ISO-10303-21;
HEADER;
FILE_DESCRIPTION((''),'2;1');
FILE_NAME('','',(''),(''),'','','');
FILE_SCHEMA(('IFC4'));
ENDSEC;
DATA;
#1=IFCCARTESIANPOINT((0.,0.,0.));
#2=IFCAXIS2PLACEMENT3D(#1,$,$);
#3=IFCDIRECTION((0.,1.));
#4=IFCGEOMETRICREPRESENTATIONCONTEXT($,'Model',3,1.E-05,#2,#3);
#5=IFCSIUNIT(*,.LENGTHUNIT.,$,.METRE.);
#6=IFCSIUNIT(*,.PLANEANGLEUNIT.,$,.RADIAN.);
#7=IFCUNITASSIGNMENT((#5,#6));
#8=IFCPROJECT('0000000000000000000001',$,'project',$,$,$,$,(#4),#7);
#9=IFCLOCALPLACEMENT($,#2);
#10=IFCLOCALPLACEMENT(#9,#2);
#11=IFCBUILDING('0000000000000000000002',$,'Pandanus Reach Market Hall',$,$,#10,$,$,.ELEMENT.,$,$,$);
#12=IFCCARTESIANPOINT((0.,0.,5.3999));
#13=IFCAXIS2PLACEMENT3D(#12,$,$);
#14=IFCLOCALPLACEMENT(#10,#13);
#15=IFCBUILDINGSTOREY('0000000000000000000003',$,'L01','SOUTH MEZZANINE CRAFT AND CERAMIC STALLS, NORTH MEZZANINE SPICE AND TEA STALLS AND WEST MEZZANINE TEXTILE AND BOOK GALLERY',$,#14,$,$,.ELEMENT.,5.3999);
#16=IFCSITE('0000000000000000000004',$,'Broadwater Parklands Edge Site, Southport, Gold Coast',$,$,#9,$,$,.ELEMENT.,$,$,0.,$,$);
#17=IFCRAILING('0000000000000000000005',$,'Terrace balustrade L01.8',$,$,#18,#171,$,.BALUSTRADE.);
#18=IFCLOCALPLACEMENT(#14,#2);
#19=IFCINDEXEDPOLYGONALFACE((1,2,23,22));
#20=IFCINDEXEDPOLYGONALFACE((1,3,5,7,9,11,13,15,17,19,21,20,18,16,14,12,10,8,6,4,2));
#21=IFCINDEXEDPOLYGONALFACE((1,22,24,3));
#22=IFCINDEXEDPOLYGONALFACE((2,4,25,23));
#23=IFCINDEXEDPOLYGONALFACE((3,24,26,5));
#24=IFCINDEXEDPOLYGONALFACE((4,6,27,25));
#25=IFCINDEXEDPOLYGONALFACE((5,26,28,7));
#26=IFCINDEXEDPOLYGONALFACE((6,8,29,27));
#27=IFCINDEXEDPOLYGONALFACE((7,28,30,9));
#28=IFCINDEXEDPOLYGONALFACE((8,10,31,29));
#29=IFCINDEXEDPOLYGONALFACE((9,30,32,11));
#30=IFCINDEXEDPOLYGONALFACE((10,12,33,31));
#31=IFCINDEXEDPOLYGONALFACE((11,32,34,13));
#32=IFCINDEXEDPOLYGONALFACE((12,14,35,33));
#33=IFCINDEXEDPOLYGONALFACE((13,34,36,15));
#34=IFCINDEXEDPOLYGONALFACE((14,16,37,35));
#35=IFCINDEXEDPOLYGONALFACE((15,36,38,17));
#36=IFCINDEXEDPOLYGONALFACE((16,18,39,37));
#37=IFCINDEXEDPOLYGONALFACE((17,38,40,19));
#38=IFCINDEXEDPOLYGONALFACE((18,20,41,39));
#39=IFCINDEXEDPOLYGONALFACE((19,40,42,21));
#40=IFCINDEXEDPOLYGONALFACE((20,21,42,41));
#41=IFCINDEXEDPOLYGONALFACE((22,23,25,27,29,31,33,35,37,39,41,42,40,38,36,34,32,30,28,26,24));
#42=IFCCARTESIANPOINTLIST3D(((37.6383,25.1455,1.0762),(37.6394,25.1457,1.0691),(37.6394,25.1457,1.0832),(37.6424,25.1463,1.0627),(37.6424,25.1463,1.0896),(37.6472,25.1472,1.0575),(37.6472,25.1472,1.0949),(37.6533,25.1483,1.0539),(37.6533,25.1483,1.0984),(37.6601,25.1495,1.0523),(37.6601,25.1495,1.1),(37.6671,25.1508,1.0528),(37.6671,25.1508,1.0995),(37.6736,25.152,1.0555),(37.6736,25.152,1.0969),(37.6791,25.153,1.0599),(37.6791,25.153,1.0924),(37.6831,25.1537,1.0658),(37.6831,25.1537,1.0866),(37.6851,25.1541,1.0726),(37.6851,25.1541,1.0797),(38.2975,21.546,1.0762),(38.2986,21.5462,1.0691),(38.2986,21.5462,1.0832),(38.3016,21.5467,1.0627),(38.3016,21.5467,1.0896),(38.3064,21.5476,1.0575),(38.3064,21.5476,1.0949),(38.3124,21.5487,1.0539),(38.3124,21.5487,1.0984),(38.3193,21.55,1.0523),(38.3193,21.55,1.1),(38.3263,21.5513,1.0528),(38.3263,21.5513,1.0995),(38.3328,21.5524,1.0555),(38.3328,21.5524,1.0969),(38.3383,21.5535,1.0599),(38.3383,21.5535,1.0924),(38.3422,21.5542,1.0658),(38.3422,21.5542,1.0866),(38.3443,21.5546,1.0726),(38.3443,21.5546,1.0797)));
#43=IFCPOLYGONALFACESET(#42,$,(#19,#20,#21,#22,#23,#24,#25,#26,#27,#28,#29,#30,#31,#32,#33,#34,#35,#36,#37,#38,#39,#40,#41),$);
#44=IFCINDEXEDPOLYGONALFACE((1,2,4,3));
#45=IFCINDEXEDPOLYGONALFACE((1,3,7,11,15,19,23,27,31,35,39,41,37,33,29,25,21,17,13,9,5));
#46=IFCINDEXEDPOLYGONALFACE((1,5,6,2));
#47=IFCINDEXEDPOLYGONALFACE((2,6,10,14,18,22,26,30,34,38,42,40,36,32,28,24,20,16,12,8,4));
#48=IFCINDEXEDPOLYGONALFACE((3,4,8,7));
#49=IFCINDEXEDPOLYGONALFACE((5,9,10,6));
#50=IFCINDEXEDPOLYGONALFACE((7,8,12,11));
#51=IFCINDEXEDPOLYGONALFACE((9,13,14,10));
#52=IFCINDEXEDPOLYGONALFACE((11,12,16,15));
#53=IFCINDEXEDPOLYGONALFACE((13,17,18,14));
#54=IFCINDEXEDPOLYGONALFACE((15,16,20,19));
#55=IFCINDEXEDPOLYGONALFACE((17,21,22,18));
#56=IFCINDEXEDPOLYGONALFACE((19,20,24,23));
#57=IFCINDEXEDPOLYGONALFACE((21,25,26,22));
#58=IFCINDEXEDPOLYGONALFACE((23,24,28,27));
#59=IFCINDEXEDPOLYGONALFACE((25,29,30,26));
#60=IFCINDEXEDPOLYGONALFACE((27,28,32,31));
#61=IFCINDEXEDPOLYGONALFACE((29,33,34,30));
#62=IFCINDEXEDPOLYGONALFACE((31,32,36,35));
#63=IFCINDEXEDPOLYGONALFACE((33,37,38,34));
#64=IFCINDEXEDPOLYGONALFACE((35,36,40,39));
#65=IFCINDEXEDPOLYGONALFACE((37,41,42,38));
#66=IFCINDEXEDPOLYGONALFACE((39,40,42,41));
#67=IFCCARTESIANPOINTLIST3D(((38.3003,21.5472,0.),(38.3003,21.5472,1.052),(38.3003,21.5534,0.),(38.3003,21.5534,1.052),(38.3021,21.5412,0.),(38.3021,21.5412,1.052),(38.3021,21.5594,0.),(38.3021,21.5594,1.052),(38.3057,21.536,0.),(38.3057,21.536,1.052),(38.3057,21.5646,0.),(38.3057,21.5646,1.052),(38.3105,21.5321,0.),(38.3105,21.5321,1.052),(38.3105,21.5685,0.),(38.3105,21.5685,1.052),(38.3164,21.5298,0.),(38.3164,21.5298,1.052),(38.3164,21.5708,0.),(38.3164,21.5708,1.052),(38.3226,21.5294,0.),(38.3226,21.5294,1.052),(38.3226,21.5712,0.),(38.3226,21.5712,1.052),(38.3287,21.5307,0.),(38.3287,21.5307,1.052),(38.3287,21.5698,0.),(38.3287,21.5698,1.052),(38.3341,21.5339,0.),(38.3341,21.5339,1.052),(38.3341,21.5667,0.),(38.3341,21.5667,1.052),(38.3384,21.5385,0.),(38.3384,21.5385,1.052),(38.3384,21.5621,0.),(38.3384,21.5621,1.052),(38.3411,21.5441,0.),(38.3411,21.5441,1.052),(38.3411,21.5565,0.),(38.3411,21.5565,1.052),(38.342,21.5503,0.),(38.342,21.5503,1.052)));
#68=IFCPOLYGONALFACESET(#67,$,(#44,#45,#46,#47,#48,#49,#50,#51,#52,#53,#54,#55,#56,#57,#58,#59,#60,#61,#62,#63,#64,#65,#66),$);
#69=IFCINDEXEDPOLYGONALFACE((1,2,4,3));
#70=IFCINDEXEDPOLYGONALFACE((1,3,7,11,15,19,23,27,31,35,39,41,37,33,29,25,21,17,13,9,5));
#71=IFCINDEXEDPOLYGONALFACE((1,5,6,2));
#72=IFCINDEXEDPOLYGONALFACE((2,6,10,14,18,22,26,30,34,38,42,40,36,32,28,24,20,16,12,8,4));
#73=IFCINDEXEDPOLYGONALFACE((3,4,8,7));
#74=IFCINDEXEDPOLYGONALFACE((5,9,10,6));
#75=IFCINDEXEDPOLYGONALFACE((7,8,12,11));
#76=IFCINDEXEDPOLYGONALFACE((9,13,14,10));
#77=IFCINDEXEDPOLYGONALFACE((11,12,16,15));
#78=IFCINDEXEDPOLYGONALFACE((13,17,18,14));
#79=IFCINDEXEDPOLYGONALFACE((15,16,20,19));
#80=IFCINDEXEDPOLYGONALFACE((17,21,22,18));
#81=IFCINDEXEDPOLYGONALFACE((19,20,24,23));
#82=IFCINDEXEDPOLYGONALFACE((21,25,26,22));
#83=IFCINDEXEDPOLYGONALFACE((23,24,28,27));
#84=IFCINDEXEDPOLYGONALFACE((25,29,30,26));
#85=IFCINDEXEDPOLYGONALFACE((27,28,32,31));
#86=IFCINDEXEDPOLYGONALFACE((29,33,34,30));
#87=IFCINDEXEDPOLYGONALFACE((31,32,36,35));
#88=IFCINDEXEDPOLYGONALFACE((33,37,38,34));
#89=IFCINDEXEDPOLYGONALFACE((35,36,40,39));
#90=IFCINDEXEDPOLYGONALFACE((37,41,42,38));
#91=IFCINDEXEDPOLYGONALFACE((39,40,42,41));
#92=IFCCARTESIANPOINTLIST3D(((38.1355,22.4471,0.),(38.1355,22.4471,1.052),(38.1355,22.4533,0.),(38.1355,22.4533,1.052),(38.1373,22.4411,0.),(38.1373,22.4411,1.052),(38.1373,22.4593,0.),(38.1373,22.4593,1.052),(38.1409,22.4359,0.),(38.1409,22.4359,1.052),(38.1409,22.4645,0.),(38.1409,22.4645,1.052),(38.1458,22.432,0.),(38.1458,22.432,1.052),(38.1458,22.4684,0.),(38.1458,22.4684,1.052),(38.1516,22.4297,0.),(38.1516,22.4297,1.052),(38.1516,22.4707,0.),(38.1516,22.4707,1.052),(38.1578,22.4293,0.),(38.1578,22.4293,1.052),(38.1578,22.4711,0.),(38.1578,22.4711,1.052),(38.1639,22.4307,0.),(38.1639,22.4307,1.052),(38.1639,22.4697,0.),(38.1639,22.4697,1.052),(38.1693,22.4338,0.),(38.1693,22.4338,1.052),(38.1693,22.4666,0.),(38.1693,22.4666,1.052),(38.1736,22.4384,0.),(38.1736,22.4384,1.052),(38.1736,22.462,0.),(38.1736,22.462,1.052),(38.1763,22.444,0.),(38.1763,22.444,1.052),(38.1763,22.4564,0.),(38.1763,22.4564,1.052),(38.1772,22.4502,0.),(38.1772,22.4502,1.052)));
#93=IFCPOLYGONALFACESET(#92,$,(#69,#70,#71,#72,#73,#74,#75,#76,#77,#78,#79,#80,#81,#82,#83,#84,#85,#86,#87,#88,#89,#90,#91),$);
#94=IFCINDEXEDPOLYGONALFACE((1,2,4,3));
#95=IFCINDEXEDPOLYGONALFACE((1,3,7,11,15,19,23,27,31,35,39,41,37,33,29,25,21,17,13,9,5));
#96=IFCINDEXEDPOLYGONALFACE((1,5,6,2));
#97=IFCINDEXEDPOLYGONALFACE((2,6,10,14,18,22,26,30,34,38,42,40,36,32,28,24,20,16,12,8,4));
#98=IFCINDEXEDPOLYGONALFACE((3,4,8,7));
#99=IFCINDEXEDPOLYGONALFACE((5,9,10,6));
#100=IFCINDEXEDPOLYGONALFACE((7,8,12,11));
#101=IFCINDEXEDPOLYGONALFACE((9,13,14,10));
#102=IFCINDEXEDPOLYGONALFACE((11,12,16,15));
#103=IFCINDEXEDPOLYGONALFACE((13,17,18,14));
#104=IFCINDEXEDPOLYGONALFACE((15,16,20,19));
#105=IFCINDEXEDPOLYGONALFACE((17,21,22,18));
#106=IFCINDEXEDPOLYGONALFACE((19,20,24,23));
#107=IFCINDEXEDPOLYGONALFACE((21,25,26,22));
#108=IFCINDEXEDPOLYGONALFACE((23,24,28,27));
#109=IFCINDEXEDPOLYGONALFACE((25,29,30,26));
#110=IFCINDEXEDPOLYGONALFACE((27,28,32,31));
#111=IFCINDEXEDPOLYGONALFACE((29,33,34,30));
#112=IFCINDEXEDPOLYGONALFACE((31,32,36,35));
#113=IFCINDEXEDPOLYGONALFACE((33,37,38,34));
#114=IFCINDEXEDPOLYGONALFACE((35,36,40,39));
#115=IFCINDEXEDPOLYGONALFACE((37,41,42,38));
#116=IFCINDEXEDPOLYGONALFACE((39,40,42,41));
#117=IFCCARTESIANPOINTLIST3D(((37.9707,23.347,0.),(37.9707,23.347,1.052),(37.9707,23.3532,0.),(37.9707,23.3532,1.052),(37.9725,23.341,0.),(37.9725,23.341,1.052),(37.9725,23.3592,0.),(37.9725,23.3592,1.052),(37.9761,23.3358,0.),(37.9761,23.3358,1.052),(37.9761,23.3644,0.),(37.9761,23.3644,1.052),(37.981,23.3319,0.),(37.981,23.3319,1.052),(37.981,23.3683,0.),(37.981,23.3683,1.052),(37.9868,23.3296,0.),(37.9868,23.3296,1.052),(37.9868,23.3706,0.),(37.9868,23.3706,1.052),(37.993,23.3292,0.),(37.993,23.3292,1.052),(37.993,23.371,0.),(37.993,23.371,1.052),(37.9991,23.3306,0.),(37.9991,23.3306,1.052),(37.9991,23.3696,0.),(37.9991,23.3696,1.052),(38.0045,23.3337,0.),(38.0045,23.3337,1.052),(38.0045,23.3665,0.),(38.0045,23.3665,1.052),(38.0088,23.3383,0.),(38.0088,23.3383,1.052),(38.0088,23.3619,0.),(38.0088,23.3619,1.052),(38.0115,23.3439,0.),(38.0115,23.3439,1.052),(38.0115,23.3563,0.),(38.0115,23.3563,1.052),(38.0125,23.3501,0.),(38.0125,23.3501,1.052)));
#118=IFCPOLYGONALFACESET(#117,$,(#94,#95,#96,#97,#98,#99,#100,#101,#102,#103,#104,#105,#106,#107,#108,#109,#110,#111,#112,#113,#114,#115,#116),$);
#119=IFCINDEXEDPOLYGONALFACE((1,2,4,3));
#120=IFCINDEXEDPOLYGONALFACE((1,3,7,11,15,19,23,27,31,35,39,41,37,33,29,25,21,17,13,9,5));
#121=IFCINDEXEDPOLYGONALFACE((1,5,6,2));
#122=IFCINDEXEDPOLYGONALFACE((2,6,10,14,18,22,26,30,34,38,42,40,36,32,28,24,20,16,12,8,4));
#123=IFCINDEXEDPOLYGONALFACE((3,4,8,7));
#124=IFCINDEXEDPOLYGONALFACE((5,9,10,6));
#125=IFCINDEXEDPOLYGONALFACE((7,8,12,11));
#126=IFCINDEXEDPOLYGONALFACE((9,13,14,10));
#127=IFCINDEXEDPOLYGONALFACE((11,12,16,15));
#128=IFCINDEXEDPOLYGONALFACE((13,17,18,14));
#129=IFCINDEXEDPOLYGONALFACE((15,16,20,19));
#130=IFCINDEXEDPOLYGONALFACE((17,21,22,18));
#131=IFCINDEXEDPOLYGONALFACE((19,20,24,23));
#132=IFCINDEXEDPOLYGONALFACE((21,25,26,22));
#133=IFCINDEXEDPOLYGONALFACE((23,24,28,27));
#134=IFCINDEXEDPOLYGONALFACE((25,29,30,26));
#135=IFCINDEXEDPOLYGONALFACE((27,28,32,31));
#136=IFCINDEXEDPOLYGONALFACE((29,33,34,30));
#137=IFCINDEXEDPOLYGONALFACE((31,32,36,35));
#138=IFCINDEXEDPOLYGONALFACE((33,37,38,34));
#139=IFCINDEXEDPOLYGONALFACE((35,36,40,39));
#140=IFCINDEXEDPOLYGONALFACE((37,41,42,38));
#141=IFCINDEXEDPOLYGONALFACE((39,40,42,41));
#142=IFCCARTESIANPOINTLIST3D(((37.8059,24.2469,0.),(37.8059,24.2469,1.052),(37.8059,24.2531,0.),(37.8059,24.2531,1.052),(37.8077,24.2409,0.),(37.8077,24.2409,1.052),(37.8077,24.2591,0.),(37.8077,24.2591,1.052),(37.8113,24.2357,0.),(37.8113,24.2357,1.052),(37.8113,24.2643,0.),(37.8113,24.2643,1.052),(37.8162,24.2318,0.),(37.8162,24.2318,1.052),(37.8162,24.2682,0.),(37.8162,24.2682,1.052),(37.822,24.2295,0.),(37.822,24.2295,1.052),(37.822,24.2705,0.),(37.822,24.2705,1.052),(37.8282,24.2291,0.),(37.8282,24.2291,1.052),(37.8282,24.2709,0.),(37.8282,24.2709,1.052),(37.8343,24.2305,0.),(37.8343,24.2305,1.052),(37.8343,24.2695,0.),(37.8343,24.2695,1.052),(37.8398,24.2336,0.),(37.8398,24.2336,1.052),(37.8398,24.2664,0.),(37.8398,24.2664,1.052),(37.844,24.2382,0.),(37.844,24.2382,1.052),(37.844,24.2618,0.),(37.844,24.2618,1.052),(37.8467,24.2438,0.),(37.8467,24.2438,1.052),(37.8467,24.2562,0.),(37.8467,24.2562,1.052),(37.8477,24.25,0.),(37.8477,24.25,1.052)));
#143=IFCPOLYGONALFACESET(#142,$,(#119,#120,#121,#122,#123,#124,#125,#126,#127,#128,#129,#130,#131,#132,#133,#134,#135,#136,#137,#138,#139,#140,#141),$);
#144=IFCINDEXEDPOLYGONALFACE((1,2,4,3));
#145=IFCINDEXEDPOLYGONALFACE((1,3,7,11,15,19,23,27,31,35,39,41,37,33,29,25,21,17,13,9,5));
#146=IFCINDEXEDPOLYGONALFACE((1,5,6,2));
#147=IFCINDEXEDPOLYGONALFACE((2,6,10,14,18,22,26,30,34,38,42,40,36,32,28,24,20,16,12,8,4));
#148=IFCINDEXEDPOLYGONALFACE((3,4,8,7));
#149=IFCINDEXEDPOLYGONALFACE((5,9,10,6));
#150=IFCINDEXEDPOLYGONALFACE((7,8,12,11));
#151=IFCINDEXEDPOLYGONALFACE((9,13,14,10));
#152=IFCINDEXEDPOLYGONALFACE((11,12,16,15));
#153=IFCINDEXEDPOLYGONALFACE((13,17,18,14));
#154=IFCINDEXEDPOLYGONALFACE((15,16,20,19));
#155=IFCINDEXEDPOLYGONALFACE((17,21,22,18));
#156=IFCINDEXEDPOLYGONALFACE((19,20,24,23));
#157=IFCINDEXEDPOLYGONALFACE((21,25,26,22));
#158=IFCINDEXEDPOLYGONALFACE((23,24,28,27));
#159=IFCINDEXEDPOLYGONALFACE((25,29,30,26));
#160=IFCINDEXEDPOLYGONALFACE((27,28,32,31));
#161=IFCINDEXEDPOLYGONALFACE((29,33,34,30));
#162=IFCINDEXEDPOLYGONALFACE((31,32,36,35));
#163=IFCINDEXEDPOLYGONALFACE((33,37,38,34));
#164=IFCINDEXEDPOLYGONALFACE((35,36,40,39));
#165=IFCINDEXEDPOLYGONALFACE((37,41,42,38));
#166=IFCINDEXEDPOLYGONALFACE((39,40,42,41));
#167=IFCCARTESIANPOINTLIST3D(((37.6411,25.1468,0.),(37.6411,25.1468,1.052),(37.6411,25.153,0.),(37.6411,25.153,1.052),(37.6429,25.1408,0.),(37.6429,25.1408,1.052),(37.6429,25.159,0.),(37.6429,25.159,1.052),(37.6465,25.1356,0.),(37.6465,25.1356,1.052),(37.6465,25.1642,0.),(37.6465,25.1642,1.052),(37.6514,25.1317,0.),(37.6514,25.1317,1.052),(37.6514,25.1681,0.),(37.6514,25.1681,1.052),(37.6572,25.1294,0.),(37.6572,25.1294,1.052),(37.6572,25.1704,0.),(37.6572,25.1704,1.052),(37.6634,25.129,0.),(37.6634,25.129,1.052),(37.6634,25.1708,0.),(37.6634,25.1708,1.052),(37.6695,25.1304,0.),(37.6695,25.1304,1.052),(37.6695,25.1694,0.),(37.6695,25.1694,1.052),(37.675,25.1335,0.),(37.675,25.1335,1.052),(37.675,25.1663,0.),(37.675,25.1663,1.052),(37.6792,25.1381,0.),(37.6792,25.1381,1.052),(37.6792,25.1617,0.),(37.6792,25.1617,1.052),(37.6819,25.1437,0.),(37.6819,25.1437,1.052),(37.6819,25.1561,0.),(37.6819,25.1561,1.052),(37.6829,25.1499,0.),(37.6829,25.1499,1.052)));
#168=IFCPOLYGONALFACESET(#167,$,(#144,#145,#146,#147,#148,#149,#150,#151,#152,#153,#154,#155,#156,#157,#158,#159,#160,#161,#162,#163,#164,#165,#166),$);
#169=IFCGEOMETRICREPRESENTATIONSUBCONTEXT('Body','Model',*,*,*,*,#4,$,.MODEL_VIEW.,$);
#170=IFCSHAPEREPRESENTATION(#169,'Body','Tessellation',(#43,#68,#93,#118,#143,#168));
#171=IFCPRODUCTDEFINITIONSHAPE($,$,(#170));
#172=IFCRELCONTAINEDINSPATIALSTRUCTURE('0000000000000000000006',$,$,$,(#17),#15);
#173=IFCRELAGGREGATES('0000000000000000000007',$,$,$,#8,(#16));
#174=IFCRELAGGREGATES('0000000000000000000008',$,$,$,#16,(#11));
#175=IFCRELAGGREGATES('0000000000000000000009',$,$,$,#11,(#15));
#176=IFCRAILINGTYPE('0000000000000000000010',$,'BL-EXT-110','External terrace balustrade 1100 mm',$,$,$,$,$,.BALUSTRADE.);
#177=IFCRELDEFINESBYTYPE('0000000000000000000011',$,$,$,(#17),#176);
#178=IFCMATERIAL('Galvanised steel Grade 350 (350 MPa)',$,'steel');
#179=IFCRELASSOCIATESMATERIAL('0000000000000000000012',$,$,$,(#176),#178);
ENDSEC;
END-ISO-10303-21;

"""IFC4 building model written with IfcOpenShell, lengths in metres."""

from ifc_helpers import new_model, si_unit, direction, frame, origin, origin_2d, place, context, subcontext, project, spatial, circle, extrude, material, type_object, element, save


model = new_model("IFC4")

# Units and contexts
model_context = context("Model", 3, precision=1e-05, world=origin(), true_north=direction((0.0, 1.0)))
body_context = subcontext(model_context, "Body", "Model", "MODEL_VIEW")
ifc_project = project(units=[si_unit("LENGTHUNIT", "METRE"), si_unit("PLANEANGLEUNIT", "RADIAN")], contexts=[model_context])

# Site, building, storey
site_placement = place(None, origin())
site = spatial("IfcSite", under=ifc_project, at=site_placement, Name="Broadwater Parklands Edge Site, Southport, Gold Coast", CompositionType="ELEMENT", RefElevation=0.0)
building_placement = place(site_placement, origin())
building = spatial("IfcBuilding", under=site, at=building_placement, Name="Pandanus Reach Market Hall", CompositionType="ELEMENT")
storey_placement = place(building_placement, frame((0.0, 0.0, 5.3999)))
storey = spatial("IfcBuildingStorey", under=building, at=storey_placement, Name="L01", Description="SOUTH MEZZANINE CRAFT AND CERAMIC STALLS, NORTH MEZZANINE SPICE AND TEA STALLS AND WEST MEZZANINE TEXTILE AND BOOK GALLERY", CompositionType="ELEMENT", Elevation=5.3999)

# Railing
ifc_material_1 = material(Name="Galvanised steel Grade 350 (350 MPa)", Category="steel")
railing_type = type_object("IfcRailingType", Name="BL-EXT-110", Description="External terrace balustrade 1100 mm", PredefinedType="BALUSTRADE", material=ifc_material_1)
railing_placement = place(storey_placement, frame((38.321, 21.5503, 0.0)))
element("IfcRailing", 1, at=railing_placement, inside=storey, type_object=railing_type, Name="Terrace balustrade L01.8", PredefinedType="BALUSTRADE", context=body_context, shape_type="SweptSolid", body=[
    extrude(circle(Radius=0.0239, at=origin_2d()), frame((0.0, 0.0, 1.0762), z_axis=(-0.18013, 0.983643, 0.0), x_axis=(-0.983643, -0.18013, 0.0)), (0.0, 0.0, 1.0), 3.6594),
    extrude(circle(Radius=0.021, at=origin_2d()), origin(), (0.0, 0.0, 1.0), 1.052),
    extrude(circle(Radius=0.021, at=origin_2d()), frame((-0.1648, 0.8999, 0.0)), (0.0, 0.0, 1.0), 1.052),
    extrude(circle(Radius=0.021, at=origin_2d()), frame((-0.3296, 1.7998, 0.0)), (0.0, 0.0, 1.0), 1.052),
    extrude(circle(Radius=0.021, at=origin_2d()), frame((-0.4944, 2.6997, 0.0)), (0.0, 0.0, 1.0), 1.052),
    extrude(circle(Radius=0.021, at=origin_2d()), frame((-0.6592, 3.5996, 0.0)), (0.0, 0.0, 1.0), 1.052),
])

save(model, "model.ifc")
